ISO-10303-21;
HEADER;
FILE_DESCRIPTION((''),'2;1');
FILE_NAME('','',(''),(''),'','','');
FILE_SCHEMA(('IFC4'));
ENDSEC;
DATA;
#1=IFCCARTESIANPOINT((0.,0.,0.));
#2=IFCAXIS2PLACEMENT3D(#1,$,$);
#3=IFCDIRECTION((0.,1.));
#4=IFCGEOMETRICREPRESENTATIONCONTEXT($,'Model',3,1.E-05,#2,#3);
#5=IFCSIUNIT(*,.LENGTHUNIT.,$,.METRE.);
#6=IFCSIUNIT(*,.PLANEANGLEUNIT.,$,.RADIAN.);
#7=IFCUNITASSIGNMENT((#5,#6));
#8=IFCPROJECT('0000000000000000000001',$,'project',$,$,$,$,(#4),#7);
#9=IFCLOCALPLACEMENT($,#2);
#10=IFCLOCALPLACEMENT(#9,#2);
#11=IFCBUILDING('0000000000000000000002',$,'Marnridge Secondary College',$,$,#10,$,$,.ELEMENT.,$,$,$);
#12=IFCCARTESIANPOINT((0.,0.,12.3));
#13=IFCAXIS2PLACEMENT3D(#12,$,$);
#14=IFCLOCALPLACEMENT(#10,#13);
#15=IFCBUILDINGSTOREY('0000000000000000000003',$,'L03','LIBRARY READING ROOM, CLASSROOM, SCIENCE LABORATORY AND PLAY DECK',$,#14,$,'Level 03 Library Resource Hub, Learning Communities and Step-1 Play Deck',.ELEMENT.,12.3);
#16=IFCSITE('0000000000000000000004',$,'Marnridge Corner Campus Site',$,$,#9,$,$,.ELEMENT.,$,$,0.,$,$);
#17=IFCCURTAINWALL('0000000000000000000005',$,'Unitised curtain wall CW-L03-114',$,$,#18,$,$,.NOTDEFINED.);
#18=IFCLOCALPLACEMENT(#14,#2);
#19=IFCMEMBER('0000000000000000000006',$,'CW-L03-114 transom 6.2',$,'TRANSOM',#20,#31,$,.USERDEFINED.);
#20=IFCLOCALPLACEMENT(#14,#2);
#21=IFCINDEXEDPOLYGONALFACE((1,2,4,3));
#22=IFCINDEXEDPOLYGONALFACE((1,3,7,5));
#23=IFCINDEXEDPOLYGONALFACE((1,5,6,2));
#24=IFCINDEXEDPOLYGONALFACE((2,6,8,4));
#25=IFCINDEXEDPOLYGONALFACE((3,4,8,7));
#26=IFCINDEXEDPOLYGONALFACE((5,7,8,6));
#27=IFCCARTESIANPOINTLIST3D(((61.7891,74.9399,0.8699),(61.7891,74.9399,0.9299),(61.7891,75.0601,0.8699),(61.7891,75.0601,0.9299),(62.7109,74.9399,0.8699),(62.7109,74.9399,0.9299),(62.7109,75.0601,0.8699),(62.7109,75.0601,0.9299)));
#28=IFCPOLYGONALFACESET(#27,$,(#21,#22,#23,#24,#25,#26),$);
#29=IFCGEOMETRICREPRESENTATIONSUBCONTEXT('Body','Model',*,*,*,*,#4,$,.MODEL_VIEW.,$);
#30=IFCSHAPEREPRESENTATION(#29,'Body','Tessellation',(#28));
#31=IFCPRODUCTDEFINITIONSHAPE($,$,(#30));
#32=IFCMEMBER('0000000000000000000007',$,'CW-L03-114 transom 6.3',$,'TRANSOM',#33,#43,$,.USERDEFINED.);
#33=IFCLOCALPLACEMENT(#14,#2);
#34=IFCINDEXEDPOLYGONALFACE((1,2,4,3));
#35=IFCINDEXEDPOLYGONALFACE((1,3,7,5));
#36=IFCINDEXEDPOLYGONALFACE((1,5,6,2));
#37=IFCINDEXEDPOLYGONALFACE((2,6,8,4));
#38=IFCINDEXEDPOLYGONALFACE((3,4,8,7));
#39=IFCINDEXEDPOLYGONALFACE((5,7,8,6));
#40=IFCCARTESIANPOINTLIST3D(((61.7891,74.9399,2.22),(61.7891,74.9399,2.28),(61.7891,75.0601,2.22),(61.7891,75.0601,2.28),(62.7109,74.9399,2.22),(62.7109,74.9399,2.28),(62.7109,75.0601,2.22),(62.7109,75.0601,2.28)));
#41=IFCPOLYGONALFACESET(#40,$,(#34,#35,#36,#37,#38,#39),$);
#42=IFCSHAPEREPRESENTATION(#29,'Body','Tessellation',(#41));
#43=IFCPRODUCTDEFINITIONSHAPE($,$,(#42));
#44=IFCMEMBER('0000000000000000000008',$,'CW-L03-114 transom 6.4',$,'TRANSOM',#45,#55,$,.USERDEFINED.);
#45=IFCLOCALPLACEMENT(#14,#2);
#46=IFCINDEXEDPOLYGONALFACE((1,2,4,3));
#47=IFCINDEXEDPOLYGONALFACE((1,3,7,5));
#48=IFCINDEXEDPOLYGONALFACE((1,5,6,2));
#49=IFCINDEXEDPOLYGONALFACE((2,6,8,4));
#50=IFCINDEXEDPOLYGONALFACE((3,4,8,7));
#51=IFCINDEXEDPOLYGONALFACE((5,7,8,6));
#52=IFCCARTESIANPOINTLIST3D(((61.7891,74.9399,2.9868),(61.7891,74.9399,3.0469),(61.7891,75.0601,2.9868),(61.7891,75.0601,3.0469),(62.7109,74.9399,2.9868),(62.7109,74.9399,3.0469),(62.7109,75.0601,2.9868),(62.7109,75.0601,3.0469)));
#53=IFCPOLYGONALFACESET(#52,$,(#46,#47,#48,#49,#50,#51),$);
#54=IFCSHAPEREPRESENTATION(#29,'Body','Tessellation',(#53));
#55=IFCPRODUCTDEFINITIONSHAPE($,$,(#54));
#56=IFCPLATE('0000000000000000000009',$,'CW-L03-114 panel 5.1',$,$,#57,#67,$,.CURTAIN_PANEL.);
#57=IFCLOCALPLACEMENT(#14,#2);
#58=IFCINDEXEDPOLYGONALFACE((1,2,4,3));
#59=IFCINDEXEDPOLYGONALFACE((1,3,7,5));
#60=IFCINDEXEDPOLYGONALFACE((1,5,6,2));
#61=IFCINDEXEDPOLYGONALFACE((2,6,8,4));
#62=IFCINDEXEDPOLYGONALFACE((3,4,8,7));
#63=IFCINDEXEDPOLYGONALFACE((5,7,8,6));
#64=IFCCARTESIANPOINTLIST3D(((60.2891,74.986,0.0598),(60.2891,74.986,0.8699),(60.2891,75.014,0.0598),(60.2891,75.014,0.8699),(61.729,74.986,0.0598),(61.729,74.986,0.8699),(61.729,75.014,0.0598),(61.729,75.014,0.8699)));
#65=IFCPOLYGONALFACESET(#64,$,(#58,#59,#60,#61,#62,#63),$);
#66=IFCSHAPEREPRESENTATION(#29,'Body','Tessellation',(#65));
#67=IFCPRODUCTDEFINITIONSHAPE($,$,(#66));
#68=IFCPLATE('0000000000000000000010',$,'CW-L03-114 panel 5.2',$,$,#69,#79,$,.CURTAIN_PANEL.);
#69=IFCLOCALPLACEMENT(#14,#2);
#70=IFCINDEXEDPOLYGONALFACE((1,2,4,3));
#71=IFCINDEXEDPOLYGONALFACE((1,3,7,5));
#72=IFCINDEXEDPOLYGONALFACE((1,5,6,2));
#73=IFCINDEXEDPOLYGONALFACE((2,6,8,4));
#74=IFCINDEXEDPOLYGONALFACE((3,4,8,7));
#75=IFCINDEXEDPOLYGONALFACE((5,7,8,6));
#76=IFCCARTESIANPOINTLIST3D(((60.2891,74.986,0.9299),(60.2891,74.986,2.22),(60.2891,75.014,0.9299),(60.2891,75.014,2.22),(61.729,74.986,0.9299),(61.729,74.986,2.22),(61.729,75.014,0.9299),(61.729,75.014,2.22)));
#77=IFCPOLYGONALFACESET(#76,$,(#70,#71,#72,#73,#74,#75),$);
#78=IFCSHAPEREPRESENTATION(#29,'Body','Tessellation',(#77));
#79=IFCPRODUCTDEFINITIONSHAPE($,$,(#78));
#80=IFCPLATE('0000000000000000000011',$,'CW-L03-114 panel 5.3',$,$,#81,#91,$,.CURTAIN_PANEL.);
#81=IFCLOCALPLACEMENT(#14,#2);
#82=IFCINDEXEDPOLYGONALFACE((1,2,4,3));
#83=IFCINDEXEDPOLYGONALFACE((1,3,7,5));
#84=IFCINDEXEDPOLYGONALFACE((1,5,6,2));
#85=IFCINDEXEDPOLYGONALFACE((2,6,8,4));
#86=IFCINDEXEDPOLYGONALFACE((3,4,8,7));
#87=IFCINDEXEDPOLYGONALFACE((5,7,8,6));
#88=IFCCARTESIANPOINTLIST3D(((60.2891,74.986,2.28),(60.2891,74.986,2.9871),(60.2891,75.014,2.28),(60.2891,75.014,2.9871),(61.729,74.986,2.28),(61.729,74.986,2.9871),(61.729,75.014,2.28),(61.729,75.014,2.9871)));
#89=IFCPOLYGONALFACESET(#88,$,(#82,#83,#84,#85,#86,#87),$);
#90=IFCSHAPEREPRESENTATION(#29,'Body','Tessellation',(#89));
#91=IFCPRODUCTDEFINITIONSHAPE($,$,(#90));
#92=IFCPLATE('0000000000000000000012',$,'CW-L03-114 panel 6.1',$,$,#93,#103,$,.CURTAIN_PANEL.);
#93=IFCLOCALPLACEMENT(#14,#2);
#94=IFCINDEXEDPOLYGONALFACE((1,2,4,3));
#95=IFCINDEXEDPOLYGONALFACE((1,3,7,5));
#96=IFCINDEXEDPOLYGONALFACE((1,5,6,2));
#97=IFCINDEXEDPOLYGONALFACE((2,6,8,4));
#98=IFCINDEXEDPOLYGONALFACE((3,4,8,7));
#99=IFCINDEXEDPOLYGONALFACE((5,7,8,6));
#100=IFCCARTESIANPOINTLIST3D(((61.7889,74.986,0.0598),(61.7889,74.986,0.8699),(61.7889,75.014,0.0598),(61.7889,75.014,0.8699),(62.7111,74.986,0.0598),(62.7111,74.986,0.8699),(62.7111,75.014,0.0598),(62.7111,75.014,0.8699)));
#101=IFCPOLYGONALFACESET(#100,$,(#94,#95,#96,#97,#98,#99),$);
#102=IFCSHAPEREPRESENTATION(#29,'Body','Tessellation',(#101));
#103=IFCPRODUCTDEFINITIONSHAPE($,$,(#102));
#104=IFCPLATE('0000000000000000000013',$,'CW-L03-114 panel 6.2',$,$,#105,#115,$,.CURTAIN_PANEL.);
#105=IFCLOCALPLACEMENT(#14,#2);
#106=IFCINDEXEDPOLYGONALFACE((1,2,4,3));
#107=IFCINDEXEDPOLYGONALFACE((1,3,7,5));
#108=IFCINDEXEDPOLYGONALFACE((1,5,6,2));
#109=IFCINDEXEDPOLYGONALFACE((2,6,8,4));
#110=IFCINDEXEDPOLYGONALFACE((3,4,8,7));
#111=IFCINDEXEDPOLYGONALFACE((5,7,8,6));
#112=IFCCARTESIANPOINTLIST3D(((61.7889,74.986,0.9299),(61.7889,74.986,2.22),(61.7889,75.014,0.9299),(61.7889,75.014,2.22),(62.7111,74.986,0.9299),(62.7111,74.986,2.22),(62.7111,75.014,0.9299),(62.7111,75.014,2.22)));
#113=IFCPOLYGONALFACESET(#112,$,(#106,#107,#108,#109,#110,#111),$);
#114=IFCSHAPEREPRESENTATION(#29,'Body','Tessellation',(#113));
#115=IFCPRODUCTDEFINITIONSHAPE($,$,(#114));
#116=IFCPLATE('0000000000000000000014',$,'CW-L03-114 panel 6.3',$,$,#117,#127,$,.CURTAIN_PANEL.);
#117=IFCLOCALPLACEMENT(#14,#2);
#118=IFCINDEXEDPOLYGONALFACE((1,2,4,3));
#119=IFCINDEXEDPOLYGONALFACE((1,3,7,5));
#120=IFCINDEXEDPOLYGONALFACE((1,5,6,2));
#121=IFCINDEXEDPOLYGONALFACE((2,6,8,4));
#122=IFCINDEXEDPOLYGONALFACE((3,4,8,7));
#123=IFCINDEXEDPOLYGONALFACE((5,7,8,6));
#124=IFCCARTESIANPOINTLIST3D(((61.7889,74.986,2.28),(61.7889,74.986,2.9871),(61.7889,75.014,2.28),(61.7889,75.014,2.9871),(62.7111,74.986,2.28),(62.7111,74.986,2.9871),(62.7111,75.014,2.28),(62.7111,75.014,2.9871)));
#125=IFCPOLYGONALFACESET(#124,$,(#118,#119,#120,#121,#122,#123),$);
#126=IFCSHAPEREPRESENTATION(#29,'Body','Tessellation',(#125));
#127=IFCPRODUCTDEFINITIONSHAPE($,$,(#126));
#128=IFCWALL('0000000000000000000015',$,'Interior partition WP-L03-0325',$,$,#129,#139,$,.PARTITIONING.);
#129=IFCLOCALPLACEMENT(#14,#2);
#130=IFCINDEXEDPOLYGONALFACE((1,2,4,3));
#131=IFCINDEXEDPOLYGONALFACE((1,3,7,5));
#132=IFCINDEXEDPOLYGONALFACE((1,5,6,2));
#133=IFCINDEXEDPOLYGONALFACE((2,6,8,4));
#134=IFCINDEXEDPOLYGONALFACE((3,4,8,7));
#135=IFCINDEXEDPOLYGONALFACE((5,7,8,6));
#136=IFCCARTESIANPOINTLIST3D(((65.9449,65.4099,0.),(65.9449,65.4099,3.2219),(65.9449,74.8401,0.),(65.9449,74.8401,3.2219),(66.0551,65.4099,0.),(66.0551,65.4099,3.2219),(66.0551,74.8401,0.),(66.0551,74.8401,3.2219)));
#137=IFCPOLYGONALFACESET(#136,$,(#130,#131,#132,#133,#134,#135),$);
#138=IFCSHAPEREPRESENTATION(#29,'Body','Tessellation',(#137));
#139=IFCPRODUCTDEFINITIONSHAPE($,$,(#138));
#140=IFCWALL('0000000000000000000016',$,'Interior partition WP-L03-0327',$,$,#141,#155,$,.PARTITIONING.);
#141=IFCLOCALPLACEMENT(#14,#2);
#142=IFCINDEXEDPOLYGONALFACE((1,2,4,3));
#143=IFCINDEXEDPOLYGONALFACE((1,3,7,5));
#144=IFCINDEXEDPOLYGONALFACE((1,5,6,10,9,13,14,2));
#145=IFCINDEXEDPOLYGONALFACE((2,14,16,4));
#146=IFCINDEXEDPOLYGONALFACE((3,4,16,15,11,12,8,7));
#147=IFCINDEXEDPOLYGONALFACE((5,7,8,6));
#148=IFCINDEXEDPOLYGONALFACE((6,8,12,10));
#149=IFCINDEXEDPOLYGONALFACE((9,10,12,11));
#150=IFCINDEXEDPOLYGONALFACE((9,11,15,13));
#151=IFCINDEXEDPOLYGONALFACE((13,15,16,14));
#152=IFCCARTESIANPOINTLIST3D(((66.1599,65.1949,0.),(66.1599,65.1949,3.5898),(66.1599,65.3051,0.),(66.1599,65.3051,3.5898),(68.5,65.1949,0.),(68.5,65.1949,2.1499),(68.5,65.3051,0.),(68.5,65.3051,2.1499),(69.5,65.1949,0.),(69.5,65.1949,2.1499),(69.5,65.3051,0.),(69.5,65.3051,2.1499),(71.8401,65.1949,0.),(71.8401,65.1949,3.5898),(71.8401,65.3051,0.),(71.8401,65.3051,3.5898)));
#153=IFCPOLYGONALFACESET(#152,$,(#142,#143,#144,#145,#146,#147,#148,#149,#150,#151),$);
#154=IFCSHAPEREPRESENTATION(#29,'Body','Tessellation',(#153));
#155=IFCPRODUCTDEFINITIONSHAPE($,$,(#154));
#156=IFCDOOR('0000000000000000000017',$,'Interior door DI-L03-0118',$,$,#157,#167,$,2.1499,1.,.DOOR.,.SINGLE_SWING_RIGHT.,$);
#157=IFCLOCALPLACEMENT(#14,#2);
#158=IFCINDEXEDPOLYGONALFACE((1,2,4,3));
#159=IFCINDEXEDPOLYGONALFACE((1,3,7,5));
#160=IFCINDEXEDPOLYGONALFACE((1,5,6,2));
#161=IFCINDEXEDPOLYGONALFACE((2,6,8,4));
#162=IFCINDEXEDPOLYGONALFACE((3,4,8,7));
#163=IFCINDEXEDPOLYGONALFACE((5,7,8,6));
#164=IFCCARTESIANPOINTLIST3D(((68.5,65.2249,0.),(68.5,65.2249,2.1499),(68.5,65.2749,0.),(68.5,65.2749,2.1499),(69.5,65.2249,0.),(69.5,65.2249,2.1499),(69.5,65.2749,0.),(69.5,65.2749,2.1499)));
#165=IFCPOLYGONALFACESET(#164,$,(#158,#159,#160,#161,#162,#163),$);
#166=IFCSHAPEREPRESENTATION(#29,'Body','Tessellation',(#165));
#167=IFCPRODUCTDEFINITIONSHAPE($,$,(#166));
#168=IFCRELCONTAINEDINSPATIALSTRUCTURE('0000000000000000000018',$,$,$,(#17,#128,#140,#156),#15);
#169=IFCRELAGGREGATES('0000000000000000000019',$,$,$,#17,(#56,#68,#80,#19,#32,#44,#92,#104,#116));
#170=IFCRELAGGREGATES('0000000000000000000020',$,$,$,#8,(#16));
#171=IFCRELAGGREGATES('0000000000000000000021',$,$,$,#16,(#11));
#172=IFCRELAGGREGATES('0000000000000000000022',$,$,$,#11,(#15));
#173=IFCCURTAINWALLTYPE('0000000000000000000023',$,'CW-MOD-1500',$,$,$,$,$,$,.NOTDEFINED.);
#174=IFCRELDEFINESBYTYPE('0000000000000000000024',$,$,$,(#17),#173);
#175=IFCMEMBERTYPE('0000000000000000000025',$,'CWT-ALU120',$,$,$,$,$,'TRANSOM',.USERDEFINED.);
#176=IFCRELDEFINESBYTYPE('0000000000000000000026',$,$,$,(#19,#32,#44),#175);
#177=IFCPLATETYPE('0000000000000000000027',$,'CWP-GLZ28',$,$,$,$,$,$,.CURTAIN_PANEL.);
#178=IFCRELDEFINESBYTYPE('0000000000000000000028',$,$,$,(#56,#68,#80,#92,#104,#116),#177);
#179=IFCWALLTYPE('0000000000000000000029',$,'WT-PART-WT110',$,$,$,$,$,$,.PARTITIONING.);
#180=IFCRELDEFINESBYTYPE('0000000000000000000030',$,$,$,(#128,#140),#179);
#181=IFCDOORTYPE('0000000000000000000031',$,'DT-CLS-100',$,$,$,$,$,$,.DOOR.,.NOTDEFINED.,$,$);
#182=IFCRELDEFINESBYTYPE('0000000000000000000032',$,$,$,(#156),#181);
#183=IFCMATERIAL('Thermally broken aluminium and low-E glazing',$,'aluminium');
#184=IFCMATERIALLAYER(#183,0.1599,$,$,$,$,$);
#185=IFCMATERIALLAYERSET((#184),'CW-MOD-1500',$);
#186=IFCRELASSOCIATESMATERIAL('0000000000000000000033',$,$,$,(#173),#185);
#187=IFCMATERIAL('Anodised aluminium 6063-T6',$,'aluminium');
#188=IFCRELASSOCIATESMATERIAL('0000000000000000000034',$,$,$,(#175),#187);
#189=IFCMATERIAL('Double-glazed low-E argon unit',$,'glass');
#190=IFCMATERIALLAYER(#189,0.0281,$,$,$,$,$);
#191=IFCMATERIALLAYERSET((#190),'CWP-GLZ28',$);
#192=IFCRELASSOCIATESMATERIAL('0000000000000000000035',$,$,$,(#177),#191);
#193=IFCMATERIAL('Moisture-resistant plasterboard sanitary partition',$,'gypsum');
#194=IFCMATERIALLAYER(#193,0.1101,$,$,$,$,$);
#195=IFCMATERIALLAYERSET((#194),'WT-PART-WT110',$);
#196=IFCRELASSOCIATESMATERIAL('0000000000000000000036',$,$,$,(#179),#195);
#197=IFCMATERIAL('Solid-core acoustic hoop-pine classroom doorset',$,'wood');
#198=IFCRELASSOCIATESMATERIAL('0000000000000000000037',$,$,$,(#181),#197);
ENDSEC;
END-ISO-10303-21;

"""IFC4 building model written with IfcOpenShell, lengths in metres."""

from ifc_helpers import new_model, si_unit, direction, frame, frame_2d, origin, origin_2d, place, context, subcontext, project, spatial, rectangle, extrude, material, layer, layer_set, material_profile, profile_set, type_object, element, fill, aggregate, save


model = new_model("IFC4")

# Units and contexts
model_context = context("Model", 3, precision=1e-05, world=origin(), true_north=direction((0.0, 1.0)))
body_context = subcontext(model_context, "Body", "Model", "MODEL_VIEW")
ifc_project = project(units=[si_unit("LENGTHUNIT", "METRE"), si_unit("PLANEANGLEUNIT", "RADIAN")], contexts=[model_context])

# Site, building, storey
site_placement = place(None, origin())
site = spatial("IfcSite", under=ifc_project, at=site_placement, Name="Marnridge Corner Campus Site", CompositionType="ELEMENT", RefElevation=0.0)
building_placement = place(site_placement, origin())
building = spatial("IfcBuilding", under=site, at=building_placement, Name="Marnridge Secondary College", CompositionType="ELEMENT")
storey_placement = place(building_placement, frame((0.0, 0.0, 12.3)))
storey = spatial("IfcBuildingStorey", under=building, at=storey_placement, Name="L03", Description="LIBRARY READING ROOM, CLASSROOM, SCIENCE LABORATORY AND PLAY DECK", LongName="Level 03 Library Resource Hub, Learning Communities and Step-1 Play Deck", CompositionType="ELEMENT", Elevation=12.3)

# Curtain wall, members, plates
ifc_material_1 = material(Name="Thermally broken aluminium and low-E glazing", Category="aluminium")
ifc_layer_1 = layer(ifc_material_1, 0.1599)
ifc_layer_set_1 = layer_set([ifc_layer_1], Name="CW-MOD-1500")
curtain_wall_type = type_object("IfcCurtainWallType", Name="CW-MOD-1500", PredefinedType="NOTDEFINED", material=ifc_layer_set_1)
curtain_wall_placement = place(storey_placement, origin())
curtain_wall = element("IfcCurtainWall", 1, at=curtain_wall_placement, inside=storey, type_object=curtain_wall_type, Name="Unitised curtain wall CW-L03-114", PredefinedType="NOTDEFINED")
ifc_material_2 = material(Name="Anodised aluminium 6063-T6", Category="aluminium")
ifc_material_profile_1 = material_profile(ifc_material_2, rectangle(XDim=0.0601, YDim=0.1201, at=origin_2d()), Name="ALU 60x120")
ifc_profile_set_1 = profile_set([ifc_material_profile_1], Name="Anodised aluminium 6063-T6")
member_type_1 = type_object("IfcMemberType", Name="CWT-ALU120", ElementType="TRANSOM", PredefinedType="USERDEFINED", material=ifc_profile_set_1)
member_1_placement = place(storey_placement, frame((61.7891, 75.0, 0.8999), z_axis=(1.0, 0.0, 0.0), x_axis=(0.0, 0.0, 1.0)))
member_1 = element("IfcMember", 2, at=member_1_placement, type_object=member_type_1, Name="CW-L03-114 transom 6.2", ObjectType="TRANSOM", PredefinedType="USERDEFINED", context=body_context, shape_type="SweptSolid", body=[
    extrude(rectangle(XDim=0.0601, YDim=0.1201, at=origin_2d()), origin(), (0.0, 0.0, 1.0), 0.9219),
])
member_2_placement = place(storey_placement, frame((61.7891, 75.0, 2.25), z_axis=(1.0, 0.0, 0.0), x_axis=(0.0, 0.0, 1.0)))
member_2 = element("IfcMember", 3, at=member_2_placement, type_object=member_type_1, Name="CW-L03-114 transom 6.3", ObjectType="TRANSOM", PredefinedType="USERDEFINED", context=body_context, shape_type="SweptSolid", body=[
    extrude(rectangle(XDim=0.0601, YDim=0.1201, at=origin_2d()), origin(), (0.0, 0.0, 1.0), 0.9219),
])
member_3_placement = place(storey_placement, frame((61.7891, 75.0, 3.0168), z_axis=(1.0, 0.0, 0.0), x_axis=(0.0, 0.0, 1.0)))
member_3 = element("IfcMember", 4, at=member_3_placement, type_object=member_type_1, Name="CW-L03-114 transom 6.4", ObjectType="TRANSOM", PredefinedType="USERDEFINED", context=body_context, shape_type="SweptSolid", body=[
    extrude(rectangle(XDim=0.0601, YDim=0.1201, at=origin_2d()), origin(), (0.0, 0.0, 1.0), 0.9219),
])
ifc_material_3 = material(Name="Double-glazed low-E argon unit", Category="glass")
ifc_layer_2 = layer(ifc_material_3, 0.0281)
ifc_layer_set_2 = layer_set([ifc_layer_2], Name="CWP-GLZ28")
plate_type = type_object("IfcPlateType", Name="CWP-GLZ28", PredefinedType="CURTAIN_PANEL", material=ifc_layer_set_2)
plate_1_placement = place(storey_placement, frame((61.009, 75.0, 0.0598), z_axis=(0.0, 0.0, 1.0), x_axis=(1.0, 0.0, 0.0)))
plate_1 = element("IfcPlate", 5, at=plate_1_placement, type_object=plate_type, Name="CW-L03-114 panel 5.1", PredefinedType="CURTAIN_PANEL", context=body_context, shape_type="SweptSolid", body=[
    extrude(rectangle(XDim=1.4399, YDim=0.0281, at=origin_2d()), origin(), (0.0, 0.0, 1.0), 0.8101),
])
plate_2_placement = place(storey_placement, frame((61.009, 75.0, 0.9299), z_axis=(0.0, 0.0, 1.0), x_axis=(1.0, 0.0, 0.0)))
plate_2 = element("IfcPlate", 6, at=plate_2_placement, type_object=plate_type, Name="CW-L03-114 panel 5.2", PredefinedType="CURTAIN_PANEL", context=body_context, shape_type="SweptSolid", body=[
    extrude(rectangle(XDim=1.4399, YDim=0.0281, at=origin_2d()), origin(), (0.0, 0.0, 1.0), 1.29),
])
plate_3_placement = place(storey_placement, frame((61.009, 75.0, 2.28), z_axis=(0.0, 0.0, 1.0), x_axis=(1.0, 0.0, 0.0)))
plate_3 = element("IfcPlate", 7, at=plate_3_placement, type_object=plate_type, Name="CW-L03-114 panel 5.3", PredefinedType="CURTAIN_PANEL", context=body_context, shape_type="SweptSolid", body=[
    extrude(rectangle(XDim=1.4399, YDim=0.0281, at=origin_2d()), origin(), (0.0, 0.0, 1.0), 0.707),
])
plate_4_placement = place(storey_placement, frame((62.25, 75.0, 0.0598), z_axis=(0.0, 0.0, 1.0), x_axis=(1.0, 0.0, 0.0)))
plate_4 = element("IfcPlate", 8, at=plate_4_placement, type_object=plate_type, Name="CW-L03-114 panel 6.1", PredefinedType="CURTAIN_PANEL", context=body_context, shape_type="SweptSolid", body=[
    extrude(rectangle(XDim=0.9221, YDim=0.0281, at=origin_2d()), origin(), (0.0, 0.0, 1.0), 0.8101),
])
plate_5_placement = place(storey_placement, frame((62.25, 75.0, 0.9299), z_axis=(0.0, 0.0, 1.0), x_axis=(1.0, 0.0, 0.0)))
plate_5 = element("IfcPlate", 9, at=plate_5_placement, type_object=plate_type, Name="CW-L03-114 panel 6.2", PredefinedType="CURTAIN_PANEL", context=body_context, shape_type="SweptSolid", body=[
    extrude(rectangle(XDim=0.9221, YDim=0.0281, at=origin_2d()), origin(), (0.0, 0.0, 1.0), 1.29),
])
plate_6_placement = place(storey_placement, frame((62.25, 75.0, 2.28), z_axis=(0.0, 0.0, 1.0), x_axis=(1.0, 0.0, 0.0)))
plate_6 = element("IfcPlate", 10, at=plate_6_placement, type_object=plate_type, Name="CW-L03-114 panel 6.3", PredefinedType="CURTAIN_PANEL", context=body_context, shape_type="SweptSolid", body=[
    extrude(rectangle(XDim=0.9221, YDim=0.0281, at=origin_2d()), origin(), (0.0, 0.0, 1.0), 0.707),
])
aggregate(curtain_wall, [plate_1, plate_2, plate_3, member_1, member_2, member_3, plate_4, plate_5, plate_6])

# Wall
ifc_material_4 = material(Name="Moisture-resistant plasterboard sanitary partition", Category="gypsum")
ifc_layer_3 = layer(ifc_material_4, 0.1101)
ifc_layer_set_3 = layer_set([ifc_layer_3], Name="WT-PART-WT110")
wall_type = type_object("IfcWallType", Name="WT-PART-WT110", PredefinedType="PARTITIONING", material=ifc_layer_set_3)
wall_1_placement = place(storey_placement, frame((66.0, 65.4099, 0.0), z_axis=(0.0, 0.0, 1.0), x_axis=(0.0, 1.0, 0.0)))
element("IfcWall", 11, at=wall_1_placement, inside=storey, type_object=wall_type, Name="Interior partition WP-L03-0325", PredefinedType="PARTITIONING", context=body_context, shape_type="SweptSolid", body=[
    extrude(rectangle(XDim=9.4302, YDim=0.1101, at=frame_2d((4.7151, 0.0))), origin(), (0.0, 0.0, 1.0), 3.2219),
])

# Wall, opening, door
wall_2_placement = place(storey_placement, frame((66.1599, 65.25, 0.0), z_axis=(0.0, 0.0, 1.0), x_axis=(1.0, 0.0, 0.0)))
wall_2 = element("IfcWall", 12, at=wall_2_placement, inside=storey, type_object=wall_type, Name="Interior partition WP-L03-0327", PredefinedType="PARTITIONING", context=body_context, shape_type="SweptSolid", body=[
    extrude(rectangle(XDim=5.6802, YDim=0.1101, at=frame_2d((2.8401, 0.0))), origin(), (0.0, 0.0, 1.0), 3.5898),
])
opening_placement = place(wall_2_placement, frame((2.3401, 0.0, 0.0)))
opening = element("IfcOpeningElement", 13, at=opening_placement, cuts=wall_2, PredefinedType="OPENING", context=body_context, shape_type="SweptSolid", body=[
    extrude(rectangle(XDim=1.0, YDim=2.1499, at=frame_2d((0.5, 1.075))), frame((0.0, 0.0649, 0.0), z_axis=(0.0, -1.0, 0.0), x_axis=(1.0, 0.0, 0.0)), (0.0, 0.0, 1.0), 0.1301),
])
ifc_material_5 = material(Name="Solid-core acoustic hoop-pine classroom doorset", Category="wood")
door_type = type_object("IfcDoorType", Name="DT-CLS-100", OperationType="NOTDEFINED", PredefinedType="DOOR", material=ifc_material_5)
door_placement = place(opening_placement, origin())
door = element("IfcDoor", 14, at=door_placement, inside=storey, type_object=door_type, Name="Interior door DI-L03-0118", OperationType="SINGLE_SWING_RIGHT", OverallHeight=2.1499, OverallWidth=1.0, PredefinedType="DOOR", context=body_context, shape_type="SweptSolid", body=[
    extrude(rectangle(XDim=1.0, YDim=2.1499, at=frame_2d((0.5, 1.075))), frame((0.0, 0.0249, 0.0), z_axis=(0.0, -1.0, 0.0), x_axis=(1.0, 0.0, 0.0)), (0.0, 0.0, 1.0), 0.05),
])
fill(opening, door)

save(model, "model.ifc")
